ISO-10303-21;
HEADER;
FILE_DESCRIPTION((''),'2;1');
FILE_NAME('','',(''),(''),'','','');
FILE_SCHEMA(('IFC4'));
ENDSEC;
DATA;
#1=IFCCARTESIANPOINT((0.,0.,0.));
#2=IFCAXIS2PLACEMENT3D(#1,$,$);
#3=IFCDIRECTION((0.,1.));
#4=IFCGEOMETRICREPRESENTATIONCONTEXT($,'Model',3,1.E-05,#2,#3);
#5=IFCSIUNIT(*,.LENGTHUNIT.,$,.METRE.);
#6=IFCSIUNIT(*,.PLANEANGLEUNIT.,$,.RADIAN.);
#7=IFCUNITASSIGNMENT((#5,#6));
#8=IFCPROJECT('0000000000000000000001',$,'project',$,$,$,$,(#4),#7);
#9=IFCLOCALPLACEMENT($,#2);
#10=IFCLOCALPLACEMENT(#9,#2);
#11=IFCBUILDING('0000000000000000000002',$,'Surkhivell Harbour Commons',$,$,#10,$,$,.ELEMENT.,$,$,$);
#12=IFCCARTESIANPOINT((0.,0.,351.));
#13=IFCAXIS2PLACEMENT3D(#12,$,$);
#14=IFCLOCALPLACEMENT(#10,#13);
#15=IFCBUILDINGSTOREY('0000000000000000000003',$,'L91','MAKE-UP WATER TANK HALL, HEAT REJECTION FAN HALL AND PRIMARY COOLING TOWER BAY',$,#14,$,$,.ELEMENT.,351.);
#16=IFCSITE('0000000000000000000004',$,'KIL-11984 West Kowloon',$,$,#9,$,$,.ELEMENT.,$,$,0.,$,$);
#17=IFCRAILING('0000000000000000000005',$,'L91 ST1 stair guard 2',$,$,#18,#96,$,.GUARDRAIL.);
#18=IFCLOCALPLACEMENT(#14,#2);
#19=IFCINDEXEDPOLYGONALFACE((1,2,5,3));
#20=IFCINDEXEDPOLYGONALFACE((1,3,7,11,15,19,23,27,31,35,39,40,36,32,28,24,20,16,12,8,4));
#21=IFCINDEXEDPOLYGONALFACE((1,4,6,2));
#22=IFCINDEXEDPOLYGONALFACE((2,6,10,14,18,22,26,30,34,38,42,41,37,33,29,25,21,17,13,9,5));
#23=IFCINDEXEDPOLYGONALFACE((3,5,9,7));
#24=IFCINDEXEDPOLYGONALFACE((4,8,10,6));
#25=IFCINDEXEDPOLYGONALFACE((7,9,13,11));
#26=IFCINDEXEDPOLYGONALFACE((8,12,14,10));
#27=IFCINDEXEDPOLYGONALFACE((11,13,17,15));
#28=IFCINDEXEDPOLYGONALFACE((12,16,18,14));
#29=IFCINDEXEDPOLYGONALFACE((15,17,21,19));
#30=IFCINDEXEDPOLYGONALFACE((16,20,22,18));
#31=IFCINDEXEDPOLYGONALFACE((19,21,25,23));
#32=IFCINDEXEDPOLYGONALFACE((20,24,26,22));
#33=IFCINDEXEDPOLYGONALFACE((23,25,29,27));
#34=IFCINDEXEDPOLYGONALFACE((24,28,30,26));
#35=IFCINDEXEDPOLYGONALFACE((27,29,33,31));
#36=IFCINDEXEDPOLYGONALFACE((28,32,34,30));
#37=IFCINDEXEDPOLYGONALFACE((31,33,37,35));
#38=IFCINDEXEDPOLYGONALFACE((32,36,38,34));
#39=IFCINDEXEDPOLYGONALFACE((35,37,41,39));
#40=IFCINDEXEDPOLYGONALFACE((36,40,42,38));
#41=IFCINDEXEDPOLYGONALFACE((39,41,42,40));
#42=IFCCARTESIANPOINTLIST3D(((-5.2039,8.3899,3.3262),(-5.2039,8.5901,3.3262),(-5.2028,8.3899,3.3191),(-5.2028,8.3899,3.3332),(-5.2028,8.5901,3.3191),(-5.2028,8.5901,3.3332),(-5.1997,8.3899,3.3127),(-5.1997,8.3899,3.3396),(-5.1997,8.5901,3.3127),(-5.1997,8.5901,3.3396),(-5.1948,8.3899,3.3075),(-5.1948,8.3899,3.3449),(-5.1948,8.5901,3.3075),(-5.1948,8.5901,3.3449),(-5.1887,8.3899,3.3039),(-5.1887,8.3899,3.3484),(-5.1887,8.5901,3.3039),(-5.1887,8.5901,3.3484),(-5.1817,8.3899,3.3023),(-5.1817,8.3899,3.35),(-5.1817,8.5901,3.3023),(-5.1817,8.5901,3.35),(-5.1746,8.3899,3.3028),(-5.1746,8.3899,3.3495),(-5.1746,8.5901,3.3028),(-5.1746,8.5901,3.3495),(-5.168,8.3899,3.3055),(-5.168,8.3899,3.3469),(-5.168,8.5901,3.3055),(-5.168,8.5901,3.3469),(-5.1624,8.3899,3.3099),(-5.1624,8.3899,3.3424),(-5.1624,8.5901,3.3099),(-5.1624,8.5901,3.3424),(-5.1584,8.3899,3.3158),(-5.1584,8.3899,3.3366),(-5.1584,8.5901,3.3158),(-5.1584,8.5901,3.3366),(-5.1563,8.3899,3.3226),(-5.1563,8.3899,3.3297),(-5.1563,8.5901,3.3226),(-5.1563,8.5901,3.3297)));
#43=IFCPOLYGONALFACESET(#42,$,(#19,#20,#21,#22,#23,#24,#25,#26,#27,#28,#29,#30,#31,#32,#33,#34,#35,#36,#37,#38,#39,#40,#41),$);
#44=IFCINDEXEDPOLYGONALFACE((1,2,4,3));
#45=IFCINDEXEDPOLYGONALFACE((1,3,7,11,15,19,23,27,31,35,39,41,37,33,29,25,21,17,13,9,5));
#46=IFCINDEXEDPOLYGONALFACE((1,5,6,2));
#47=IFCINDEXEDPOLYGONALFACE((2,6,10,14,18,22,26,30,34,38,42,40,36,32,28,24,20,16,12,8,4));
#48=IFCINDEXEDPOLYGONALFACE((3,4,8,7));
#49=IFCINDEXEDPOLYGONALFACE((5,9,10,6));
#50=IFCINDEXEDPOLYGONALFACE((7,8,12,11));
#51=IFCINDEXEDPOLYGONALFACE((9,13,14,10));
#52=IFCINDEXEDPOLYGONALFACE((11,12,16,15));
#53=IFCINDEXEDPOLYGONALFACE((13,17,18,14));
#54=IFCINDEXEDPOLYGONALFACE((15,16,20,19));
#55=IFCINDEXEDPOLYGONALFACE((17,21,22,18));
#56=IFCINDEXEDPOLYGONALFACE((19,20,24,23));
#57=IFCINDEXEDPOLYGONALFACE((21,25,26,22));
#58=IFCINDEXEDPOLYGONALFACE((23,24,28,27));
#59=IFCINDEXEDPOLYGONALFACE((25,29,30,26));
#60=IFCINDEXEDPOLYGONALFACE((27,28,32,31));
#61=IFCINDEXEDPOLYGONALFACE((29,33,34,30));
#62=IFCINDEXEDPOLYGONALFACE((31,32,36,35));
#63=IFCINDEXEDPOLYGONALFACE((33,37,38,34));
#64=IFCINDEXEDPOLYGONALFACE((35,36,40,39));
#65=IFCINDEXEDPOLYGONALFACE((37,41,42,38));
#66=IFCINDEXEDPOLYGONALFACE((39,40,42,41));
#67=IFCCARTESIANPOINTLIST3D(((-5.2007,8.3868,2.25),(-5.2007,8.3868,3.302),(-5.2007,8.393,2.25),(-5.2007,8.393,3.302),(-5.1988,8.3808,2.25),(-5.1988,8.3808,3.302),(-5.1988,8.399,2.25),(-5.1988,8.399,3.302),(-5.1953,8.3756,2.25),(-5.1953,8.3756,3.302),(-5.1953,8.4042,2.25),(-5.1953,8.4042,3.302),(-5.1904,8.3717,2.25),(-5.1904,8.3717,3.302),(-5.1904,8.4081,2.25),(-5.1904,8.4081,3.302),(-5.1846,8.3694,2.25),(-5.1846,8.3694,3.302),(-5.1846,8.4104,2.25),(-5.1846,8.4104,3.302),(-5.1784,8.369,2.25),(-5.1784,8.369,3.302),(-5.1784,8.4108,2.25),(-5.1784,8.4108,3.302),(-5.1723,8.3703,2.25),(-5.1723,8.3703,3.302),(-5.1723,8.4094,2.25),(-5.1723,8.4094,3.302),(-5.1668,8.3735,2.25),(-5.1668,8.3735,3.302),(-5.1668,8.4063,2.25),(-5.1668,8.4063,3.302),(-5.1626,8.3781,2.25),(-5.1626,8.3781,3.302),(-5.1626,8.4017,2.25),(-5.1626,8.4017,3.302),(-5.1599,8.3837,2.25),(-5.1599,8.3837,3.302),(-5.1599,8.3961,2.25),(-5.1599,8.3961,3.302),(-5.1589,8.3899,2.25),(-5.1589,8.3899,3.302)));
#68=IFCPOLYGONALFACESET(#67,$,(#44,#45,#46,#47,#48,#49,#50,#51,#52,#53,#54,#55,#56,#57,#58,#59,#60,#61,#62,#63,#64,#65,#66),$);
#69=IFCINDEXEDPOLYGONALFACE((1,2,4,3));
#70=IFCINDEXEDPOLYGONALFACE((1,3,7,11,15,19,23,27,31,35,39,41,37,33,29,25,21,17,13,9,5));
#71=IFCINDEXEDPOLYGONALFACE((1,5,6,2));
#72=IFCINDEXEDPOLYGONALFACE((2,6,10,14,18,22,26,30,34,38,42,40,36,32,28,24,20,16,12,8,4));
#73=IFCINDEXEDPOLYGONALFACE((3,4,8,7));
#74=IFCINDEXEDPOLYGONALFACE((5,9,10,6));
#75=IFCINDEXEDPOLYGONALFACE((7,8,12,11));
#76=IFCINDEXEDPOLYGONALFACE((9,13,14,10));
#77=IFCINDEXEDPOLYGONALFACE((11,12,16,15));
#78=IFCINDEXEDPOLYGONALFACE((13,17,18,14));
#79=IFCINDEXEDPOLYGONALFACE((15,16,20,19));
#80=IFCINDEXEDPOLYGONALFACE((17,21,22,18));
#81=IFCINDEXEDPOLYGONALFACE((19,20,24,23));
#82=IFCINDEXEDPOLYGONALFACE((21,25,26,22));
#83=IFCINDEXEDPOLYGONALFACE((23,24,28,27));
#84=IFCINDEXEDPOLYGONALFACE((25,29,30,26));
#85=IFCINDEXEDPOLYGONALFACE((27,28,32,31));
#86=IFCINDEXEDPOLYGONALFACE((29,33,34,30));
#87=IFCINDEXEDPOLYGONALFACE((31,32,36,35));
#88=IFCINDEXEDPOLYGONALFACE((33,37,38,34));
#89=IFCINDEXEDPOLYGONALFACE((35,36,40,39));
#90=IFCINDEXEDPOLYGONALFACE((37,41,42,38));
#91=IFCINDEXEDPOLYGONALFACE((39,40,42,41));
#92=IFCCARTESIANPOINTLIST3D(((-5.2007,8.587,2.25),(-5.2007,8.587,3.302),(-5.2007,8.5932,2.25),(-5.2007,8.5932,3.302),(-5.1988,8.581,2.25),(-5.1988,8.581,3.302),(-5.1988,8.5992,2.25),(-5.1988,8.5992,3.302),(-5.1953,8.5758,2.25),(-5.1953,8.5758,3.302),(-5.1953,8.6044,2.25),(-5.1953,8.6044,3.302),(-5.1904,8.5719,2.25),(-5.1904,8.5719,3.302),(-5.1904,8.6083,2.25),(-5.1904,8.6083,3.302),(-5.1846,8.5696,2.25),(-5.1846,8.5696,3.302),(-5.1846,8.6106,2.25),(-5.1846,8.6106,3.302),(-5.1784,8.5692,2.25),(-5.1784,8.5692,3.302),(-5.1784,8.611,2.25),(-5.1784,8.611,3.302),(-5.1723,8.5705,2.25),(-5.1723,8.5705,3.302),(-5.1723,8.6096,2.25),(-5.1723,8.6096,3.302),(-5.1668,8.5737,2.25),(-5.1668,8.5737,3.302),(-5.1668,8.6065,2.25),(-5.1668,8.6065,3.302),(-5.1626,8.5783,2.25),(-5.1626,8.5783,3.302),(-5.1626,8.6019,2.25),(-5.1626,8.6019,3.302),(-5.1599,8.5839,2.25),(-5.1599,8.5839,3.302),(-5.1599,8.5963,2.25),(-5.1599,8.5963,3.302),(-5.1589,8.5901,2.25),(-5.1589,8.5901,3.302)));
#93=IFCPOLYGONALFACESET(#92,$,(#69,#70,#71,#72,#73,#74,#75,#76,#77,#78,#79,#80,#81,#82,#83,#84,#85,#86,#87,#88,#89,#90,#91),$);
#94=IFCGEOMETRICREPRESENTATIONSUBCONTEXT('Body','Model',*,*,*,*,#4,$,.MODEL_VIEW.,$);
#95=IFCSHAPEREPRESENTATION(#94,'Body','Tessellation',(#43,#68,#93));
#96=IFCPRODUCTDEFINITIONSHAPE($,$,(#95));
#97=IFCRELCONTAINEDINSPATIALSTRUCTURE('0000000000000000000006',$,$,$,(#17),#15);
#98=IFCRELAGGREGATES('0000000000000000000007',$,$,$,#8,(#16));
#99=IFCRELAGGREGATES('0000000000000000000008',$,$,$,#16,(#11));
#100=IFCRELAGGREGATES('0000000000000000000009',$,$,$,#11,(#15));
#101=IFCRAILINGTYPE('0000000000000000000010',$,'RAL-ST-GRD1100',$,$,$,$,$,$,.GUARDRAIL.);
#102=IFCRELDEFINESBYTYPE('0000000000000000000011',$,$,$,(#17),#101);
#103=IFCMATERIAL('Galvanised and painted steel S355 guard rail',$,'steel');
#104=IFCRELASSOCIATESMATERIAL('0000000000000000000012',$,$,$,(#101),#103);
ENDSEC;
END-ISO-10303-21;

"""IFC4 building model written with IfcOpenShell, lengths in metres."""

from ifc_helpers import new_model, si_unit, direction, frame, origin, origin_2d, place, context, subcontext, project, spatial, circle, extrude, material, type_object, element, save


model = new_model("IFC4")

# Units and contexts
model_context = context("Model", 3, precision=1e-05, world=origin(), true_north=direction((0.0, 1.0)))
body_context = subcontext(model_context, "Body", "Model", "MODEL_VIEW")
ifc_project = project(units=[si_unit("LENGTHUNIT", "METRE"), si_unit("PLANEANGLEUNIT", "RADIAN")], contexts=[model_context])

# Site, building, storey
site_placement = place(None, origin())
site = spatial("IfcSite", under=ifc_project, at=site_placement, Name="KIL-11984 West Kowloon", CompositionType="ELEMENT", RefElevation=0.0)
building_placement = place(site_placement, origin())
building = spatial("IfcBuilding", under=site, at=building_placement, Name="Surkhivell Harbour Commons", CompositionType="ELEMENT")
storey_placement = place(building_placement, frame((0.0, 0.0, 351.0)))
storey = spatial("IfcBuildingStorey", under=building, at=storey_placement, Name="L91", Description="MAKE-UP WATER TANK HALL, HEAT REJECTION FAN HALL AND PRIMARY COOLING TOWER BAY", CompositionType="ELEMENT", Elevation=351.0)

# Railing
ifc_material_1 = material(Name="Galvanised and painted steel S355 guard rail", Category="steel")
railing_type_1 = type_object("IfcRailingType", Name="RAL-ST-GRD1100", PredefinedType="GUARDRAIL", material=ifc_material_1)
railing_1_placement = place(storey_placement, frame((-5.1799, 8.3899, 2.25)))
element("IfcRailing", 1, at=railing_1_placement, inside=storey, type_object=railing_type_1, Name="L91 ST1 stair guard 2", PredefinedType="GUARDRAIL", context=body_context, shape_type="SweptSolid", body=[
    extrude(circle(Radius=0.0239, at=origin_2d()), frame((0.0, 0.0, 1.0762), z_axis=(0.0, 1.0, 0.0), x_axis=(-1.0, 0.0, 0.0)), (0.0, 0.0, 1.0), 0.2002),
    extrude(circle(Radius=0.021, at=origin_2d()), origin(), (0.0, 0.0, 1.0), 1.052),
    extrude(circle(Radius=0.021, at=origin_2d()), frame((0.0, 0.2002, 0.0)), (0.0, 0.0, 1.0), 1.052),
])

save(model, "model.ifc")
